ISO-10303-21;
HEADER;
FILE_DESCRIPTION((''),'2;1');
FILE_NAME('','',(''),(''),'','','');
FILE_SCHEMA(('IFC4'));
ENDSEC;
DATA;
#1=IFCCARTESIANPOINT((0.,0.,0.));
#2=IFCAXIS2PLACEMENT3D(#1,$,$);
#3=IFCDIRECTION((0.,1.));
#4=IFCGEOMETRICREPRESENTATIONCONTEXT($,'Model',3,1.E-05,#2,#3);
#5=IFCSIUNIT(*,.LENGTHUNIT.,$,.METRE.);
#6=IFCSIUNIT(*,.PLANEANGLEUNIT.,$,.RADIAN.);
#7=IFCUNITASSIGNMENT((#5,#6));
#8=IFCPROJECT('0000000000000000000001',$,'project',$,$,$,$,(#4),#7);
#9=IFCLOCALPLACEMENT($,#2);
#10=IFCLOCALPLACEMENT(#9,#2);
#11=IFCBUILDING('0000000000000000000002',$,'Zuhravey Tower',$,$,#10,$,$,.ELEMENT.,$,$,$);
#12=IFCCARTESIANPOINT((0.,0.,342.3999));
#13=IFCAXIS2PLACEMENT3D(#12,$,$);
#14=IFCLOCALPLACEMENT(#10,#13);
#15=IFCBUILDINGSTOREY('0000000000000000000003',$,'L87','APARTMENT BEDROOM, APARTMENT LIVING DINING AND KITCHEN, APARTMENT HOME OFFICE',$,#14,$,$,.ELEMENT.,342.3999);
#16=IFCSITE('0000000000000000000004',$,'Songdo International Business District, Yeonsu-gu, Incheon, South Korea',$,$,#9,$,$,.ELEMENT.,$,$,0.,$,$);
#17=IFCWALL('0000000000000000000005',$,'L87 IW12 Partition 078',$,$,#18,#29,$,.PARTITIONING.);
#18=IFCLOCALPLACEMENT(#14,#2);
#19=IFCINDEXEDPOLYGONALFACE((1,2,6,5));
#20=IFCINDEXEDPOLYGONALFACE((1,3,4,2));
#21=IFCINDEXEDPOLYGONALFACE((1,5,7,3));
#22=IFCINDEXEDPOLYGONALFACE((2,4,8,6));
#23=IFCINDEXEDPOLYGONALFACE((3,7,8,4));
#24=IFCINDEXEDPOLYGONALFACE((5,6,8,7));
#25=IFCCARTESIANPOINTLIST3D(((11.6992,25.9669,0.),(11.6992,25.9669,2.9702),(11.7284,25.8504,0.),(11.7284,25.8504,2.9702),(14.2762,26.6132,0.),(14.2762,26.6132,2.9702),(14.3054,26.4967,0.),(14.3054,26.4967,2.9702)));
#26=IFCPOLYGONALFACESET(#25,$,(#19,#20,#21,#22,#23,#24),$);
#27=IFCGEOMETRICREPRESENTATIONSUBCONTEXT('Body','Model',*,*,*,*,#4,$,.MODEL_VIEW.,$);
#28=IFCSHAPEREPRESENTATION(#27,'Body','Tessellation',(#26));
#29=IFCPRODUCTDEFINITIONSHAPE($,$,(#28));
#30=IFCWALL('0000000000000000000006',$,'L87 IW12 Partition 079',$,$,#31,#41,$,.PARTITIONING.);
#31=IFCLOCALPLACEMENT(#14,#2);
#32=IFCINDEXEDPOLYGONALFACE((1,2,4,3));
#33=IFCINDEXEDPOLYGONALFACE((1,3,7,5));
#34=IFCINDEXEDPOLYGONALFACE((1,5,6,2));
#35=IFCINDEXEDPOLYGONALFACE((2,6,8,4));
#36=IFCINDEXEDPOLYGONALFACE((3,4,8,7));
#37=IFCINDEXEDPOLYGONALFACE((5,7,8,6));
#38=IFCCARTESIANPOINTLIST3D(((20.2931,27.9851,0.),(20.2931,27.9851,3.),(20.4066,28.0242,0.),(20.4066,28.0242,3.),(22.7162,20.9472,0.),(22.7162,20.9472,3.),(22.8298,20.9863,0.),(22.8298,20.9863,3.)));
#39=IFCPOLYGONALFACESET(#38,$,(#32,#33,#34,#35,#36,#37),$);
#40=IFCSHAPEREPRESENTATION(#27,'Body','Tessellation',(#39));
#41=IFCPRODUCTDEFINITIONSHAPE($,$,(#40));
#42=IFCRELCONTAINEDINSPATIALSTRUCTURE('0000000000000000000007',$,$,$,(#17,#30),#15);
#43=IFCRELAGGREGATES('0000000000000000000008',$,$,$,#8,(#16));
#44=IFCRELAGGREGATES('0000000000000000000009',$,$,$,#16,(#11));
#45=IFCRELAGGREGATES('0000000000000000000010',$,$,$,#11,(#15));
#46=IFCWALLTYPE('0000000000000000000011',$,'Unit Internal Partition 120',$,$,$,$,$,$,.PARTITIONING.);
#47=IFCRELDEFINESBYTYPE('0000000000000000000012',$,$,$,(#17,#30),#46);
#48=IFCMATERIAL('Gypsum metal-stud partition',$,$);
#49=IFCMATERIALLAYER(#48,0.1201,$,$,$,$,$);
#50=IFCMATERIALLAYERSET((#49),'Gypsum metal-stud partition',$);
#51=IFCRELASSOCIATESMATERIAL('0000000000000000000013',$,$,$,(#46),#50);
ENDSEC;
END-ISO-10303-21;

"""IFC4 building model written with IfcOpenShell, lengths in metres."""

from ifc_helpers import new_model, si_unit, direction, frame, frame_2d, origin, place, context, subcontext, project, spatial, rectangle, extrude, material, layer, layer_set, type_object, element, save


model = new_model("IFC4")

# Units and contexts
model_context = context("Model", 3, precision=1e-05, world=origin(), true_north=direction((0.0, 1.0)))
body_context = subcontext(model_context, "Body", "Model", "MODEL_VIEW")
ifc_project = project(units=[si_unit("LENGTHUNIT", "METRE"), si_unit("PLANEANGLEUNIT", "RADIAN")], contexts=[model_context])

# Site, building, storey
site_placement = place(None, origin())
site = spatial("IfcSite", under=ifc_project, at=site_placement, Name="Songdo International Business District, Yeonsu-gu, Incheon, South Korea", CompositionType="ELEMENT", RefElevation=0.0)
building_placement = place(site_placement, origin())
building = spatial("IfcBuilding", under=site, at=building_placement, Name="Zuhravey Tower", CompositionType="ELEMENT")
storey_placement = place(building_placement, frame((0.0, 0.0, 342.3999)))
storey = spatial("IfcBuildingStorey", under=building, at=storey_placement, Name="L87", Description="APARTMENT BEDROOM, APARTMENT LIVING DINING AND KITCHEN, APARTMENT HOME OFFICE", CompositionType="ELEMENT", Elevation=342.3999)

# Shared definitions
ifc_material_1 = material(Name="Gypsum metal-stud partition")
ifc_layer_1 = layer(ifc_material_1, 0.1201)
ifc_layer_set_1 = layer_set([ifc_layer_1], Name="Gypsum metal-stud partition")
wall_type_1 = type_object("IfcWallType", Name="Unit Internal Partition 120", PredefinedType="PARTITIONING", material=ifc_layer_set_1)

# Walls
wall_1_placement = place(storey_placement, frame((14.2908, 26.5549, 0.0), z_axis=(0.0, 0.0, 1.0), x_axis=(-0.969964, -0.243249, 0.0)))
element("IfcWall", 1, at=wall_1_placement, inside=storey, type_object=wall_type_1, Name="L87 IW12 Partition 078", PredefinedType="PARTITIONING", context=body_context, shape_type="SweptSolid", body=[
    extrude(rectangle(XDim=2.6567, YDim=0.1201, at=frame_2d((1.3284, 0.0))), origin(), (0.0, 0.0, 1.0), 2.9702),
])
wall_2_placement = place(storey_placement, frame((20.3499, 28.0046, 0.0), z_axis=(0.0, 0.0, 1.0), x_axis=(0.325541, -0.945528, 0.0)))
element("IfcWall", 2, at=wall_2_placement, inside=storey, type_object=wall_type_1, Name="L87 IW12 Partition 079", PredefinedType="PARTITIONING", context=body_context, shape_type="SweptSolid", body=[
    extrude(rectangle(XDim=7.4434, YDim=0.1201, at=frame_2d((3.7217, 0.0))), origin(), (0.0, 0.0, 1.0), 3.0),
])

save(model, "model.ifc")
